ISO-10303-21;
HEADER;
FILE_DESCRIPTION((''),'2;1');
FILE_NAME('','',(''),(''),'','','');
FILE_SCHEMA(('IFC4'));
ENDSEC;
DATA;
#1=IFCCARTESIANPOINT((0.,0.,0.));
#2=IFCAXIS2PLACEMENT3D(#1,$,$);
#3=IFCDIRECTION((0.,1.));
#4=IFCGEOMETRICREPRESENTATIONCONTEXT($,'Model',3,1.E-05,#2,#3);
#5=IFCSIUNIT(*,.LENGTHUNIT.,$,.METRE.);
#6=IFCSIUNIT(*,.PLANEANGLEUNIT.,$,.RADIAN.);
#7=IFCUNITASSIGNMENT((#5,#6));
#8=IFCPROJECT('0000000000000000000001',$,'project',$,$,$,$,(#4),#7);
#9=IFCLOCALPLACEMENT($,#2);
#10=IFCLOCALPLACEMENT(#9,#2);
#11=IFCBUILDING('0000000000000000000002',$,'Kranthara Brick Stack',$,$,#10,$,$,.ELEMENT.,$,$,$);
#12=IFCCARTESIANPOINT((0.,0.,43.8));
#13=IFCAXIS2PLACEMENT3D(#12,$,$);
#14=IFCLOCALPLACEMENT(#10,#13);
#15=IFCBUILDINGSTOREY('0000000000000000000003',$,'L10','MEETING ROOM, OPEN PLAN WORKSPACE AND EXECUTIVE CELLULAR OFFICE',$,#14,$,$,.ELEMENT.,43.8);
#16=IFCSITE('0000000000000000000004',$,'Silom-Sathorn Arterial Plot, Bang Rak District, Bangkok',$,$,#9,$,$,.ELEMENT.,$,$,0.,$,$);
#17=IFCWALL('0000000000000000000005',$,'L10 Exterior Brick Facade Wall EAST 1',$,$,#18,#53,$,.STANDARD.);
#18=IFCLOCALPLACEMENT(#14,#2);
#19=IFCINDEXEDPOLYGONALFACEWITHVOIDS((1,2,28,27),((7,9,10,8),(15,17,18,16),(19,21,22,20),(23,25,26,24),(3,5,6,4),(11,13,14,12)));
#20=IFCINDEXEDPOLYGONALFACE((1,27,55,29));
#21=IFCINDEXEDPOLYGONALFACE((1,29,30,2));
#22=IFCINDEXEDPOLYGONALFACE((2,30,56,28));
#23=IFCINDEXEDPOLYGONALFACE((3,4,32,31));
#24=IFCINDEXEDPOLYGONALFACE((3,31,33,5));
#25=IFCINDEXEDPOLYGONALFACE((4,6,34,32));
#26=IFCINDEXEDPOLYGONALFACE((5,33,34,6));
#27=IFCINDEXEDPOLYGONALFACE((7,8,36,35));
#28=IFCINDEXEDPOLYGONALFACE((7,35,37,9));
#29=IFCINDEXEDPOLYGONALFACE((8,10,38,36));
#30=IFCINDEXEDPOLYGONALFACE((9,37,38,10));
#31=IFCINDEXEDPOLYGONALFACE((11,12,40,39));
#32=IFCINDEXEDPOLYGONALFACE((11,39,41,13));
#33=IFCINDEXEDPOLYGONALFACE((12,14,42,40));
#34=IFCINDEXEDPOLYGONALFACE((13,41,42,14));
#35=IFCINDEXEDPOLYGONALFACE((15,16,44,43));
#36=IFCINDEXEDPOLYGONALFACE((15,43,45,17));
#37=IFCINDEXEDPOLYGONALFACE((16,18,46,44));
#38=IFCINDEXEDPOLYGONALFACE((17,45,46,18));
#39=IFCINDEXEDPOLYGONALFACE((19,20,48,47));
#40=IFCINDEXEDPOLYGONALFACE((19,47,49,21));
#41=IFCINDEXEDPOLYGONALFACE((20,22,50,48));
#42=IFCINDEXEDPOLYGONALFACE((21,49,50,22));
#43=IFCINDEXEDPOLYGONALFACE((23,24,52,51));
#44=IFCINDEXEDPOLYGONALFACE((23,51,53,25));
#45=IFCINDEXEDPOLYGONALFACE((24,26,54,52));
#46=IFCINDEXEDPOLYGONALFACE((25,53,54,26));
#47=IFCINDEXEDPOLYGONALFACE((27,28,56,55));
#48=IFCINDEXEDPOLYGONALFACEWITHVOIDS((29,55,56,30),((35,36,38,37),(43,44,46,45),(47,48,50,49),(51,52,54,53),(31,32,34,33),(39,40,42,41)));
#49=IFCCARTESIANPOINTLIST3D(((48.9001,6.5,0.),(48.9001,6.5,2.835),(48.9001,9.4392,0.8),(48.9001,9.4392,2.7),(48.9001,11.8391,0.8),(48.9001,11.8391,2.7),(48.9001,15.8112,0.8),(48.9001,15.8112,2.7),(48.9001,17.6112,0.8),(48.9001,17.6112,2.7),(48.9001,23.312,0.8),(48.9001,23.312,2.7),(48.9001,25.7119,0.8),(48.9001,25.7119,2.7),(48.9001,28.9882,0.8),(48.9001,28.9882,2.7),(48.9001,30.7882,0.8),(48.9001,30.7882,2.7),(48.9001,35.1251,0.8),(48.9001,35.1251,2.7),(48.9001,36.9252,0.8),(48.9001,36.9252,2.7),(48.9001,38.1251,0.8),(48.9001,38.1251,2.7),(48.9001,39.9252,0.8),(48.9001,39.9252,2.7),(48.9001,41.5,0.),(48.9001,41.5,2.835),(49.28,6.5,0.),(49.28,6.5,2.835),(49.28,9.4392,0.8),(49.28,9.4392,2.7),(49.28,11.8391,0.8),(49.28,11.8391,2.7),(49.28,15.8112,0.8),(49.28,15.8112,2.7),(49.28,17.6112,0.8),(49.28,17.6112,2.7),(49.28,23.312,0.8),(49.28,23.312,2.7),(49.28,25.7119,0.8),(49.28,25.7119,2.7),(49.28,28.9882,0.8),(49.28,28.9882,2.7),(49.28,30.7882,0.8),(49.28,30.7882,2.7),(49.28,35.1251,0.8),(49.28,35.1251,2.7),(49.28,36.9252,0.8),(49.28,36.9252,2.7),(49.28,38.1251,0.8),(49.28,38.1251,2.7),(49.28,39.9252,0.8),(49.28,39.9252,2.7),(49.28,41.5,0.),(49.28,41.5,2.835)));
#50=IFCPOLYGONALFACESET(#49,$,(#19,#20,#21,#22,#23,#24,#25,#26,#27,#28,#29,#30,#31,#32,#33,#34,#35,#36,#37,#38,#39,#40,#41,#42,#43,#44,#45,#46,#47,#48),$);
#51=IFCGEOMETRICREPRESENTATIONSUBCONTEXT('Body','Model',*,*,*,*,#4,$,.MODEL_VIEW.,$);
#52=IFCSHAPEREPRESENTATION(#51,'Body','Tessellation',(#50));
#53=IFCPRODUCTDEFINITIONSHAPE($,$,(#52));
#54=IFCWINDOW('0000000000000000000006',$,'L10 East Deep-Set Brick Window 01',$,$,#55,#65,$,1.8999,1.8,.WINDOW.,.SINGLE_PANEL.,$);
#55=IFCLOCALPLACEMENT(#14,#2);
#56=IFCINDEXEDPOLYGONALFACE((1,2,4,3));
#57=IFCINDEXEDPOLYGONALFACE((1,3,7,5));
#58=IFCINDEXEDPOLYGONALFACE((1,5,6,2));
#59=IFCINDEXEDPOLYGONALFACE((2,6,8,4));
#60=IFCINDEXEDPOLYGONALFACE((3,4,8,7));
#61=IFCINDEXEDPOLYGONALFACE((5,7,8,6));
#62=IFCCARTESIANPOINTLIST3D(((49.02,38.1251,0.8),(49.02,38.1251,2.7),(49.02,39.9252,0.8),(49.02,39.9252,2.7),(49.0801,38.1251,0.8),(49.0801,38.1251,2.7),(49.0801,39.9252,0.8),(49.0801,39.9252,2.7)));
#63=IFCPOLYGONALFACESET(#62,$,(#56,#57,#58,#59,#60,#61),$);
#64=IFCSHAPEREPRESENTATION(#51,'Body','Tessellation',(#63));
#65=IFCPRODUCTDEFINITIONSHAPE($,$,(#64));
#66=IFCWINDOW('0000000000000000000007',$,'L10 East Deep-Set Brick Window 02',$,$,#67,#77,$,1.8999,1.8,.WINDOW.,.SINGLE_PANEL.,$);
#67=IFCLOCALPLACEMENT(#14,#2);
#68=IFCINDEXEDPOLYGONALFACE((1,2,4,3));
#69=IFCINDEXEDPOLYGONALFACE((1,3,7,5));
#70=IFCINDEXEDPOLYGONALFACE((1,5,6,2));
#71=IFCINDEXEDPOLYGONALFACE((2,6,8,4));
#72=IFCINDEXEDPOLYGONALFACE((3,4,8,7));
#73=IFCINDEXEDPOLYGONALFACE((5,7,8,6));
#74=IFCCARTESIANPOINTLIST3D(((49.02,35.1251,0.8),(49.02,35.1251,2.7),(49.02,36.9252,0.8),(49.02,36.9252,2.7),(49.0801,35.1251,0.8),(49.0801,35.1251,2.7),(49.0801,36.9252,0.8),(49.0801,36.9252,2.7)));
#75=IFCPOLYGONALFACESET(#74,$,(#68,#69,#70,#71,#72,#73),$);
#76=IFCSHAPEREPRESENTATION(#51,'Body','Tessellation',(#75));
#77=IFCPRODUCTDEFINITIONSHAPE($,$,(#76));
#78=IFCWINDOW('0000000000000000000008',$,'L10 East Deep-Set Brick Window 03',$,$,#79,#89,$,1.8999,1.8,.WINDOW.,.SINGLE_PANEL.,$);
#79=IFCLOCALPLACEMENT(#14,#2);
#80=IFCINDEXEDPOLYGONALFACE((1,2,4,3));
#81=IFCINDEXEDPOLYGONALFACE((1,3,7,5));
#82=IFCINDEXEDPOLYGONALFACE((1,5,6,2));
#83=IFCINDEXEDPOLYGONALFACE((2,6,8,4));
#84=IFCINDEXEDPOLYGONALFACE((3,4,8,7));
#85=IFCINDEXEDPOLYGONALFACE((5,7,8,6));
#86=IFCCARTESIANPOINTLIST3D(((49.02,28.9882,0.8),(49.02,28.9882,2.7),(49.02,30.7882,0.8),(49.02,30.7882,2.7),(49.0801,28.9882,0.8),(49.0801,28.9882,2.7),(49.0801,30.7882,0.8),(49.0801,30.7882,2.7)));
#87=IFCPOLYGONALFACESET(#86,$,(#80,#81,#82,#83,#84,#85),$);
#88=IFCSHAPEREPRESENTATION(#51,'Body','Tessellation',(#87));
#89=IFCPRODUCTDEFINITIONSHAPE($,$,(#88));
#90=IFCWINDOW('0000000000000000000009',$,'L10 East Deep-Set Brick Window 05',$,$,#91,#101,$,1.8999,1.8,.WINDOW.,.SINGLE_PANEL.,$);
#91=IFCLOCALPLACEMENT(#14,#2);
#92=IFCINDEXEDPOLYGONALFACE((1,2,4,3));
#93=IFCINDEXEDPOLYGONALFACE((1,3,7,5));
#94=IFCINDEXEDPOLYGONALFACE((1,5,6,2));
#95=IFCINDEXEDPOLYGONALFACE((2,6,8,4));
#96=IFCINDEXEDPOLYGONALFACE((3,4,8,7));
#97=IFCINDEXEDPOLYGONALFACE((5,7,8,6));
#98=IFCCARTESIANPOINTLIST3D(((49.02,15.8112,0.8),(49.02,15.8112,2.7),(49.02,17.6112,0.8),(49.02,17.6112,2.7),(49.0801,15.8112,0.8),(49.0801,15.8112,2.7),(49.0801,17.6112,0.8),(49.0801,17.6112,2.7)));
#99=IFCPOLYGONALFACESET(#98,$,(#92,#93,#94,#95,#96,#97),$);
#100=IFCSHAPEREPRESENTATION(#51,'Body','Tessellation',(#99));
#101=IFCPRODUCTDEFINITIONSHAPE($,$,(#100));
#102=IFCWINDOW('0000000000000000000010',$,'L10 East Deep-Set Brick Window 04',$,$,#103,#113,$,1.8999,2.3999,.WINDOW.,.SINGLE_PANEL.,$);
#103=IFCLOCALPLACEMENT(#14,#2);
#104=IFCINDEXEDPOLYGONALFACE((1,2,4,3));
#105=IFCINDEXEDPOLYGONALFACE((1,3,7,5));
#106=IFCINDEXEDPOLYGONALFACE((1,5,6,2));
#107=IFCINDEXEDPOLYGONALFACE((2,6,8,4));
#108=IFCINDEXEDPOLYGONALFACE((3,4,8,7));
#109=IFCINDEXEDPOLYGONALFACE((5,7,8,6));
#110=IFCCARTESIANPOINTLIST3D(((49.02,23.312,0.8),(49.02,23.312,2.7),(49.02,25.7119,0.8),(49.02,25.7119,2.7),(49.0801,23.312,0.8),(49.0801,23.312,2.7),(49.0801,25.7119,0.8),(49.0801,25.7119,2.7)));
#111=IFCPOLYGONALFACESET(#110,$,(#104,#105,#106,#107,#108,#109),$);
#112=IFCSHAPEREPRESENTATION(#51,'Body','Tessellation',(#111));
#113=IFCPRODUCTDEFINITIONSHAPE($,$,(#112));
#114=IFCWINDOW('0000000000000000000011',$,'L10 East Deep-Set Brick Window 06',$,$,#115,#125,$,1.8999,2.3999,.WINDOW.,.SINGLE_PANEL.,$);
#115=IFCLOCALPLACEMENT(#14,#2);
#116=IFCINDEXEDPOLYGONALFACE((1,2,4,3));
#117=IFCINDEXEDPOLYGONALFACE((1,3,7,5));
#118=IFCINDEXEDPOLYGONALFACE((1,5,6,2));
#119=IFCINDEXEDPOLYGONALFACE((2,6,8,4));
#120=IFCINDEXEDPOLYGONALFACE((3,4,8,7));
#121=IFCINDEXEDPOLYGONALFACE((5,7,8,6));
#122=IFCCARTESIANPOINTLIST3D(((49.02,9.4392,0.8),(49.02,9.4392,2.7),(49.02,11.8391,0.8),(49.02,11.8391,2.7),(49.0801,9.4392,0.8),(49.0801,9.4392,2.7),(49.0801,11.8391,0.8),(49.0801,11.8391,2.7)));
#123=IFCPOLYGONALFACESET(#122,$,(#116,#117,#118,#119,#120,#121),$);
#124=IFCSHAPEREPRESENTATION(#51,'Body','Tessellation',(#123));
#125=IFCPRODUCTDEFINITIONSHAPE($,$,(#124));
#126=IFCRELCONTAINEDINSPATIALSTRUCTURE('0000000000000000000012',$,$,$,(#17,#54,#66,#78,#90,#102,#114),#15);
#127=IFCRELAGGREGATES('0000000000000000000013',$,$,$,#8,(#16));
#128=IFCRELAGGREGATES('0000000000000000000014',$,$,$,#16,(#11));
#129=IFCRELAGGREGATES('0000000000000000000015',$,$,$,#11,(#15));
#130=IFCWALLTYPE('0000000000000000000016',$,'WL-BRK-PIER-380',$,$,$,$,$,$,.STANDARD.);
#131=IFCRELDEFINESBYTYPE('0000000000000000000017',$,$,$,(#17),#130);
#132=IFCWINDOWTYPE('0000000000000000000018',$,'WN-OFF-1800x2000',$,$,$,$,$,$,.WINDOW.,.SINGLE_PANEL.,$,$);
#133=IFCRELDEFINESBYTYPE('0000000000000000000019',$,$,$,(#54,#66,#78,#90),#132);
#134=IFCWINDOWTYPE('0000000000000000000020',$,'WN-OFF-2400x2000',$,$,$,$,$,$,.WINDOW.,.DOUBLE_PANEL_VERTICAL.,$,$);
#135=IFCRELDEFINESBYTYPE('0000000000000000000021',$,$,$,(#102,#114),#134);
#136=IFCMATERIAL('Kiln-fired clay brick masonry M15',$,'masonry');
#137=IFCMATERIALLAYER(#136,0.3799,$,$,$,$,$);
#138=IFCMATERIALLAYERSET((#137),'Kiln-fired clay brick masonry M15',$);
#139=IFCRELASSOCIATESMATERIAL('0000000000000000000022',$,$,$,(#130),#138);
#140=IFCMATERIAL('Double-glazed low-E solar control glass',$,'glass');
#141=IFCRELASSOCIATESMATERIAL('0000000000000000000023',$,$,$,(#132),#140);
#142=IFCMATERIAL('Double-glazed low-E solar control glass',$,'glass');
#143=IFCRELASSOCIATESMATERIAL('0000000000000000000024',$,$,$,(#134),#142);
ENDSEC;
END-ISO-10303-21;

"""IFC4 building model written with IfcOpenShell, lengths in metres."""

from ifc_helpers import new_model, si_unit, direction, frame, frame_2d, origin, place, context, subcontext, project, spatial, rectangle, extrude, material, layer, layer_set, type_object, element, fill, save


model = new_model("IFC4")

# Units and contexts
model_context = context("Model", 3, precision=1e-05, world=origin(), true_north=direction((0.0, 1.0)))
body_context = subcontext(model_context, "Body", "Model", "MODEL_VIEW")
ifc_project = project(units=[si_unit("LENGTHUNIT", "METRE"), si_unit("PLANEANGLEUNIT", "RADIAN")], contexts=[model_context])

# Site, building, storey
site_placement = place(None, origin())
site = spatial("IfcSite", under=ifc_project, at=site_placement, Name="Silom-Sathorn Arterial Plot, Bang Rak District, Bangkok", CompositionType="ELEMENT", RefElevation=0.0)
building_placement = place(site_placement, origin())
building = spatial("IfcBuilding", under=site, at=building_placement, Name="Kranthara Brick Stack", CompositionType="ELEMENT")
storey_placement = place(building_placement, frame((0.0, 0.0, 43.8)))
storey = spatial("IfcBuildingStorey", under=building, at=storey_placement, Name="L10", Description="MEETING ROOM, OPEN PLAN WORKSPACE AND EXECUTIVE CELLULAR OFFICE", CompositionType="ELEMENT", Elevation=43.8)

# Shared definitions
ifc_material_1 = material(Name="Kiln-fired clay brick masonry M15", Category="masonry")
ifc_layer_1 = layer(ifc_material_1, 0.3799)
ifc_layer_set_1 = layer_set([ifc_layer_1], Name="Kiln-fired clay brick masonry M15")
wall_type = type_object("IfcWallType", Name="WL-BRK-PIER-380", PredefinedType="STANDARD", material=ifc_layer_set_1)

# Wall, openings, windows
wall_1_placement = place(storey_placement, frame((49.0901, 41.5, 0.0), z_axis=(0.0, 0.0, 1.0), x_axis=(0.0, -1.0, 0.0)))
wall_1 = element("IfcWall", 1, at=wall_1_placement, inside=storey, type_object=wall_type, Name="L10 Exterior Brick Facade Wall EAST 1", PredefinedType="STANDARD", context=body_context, shape_type="SweptSolid", body=[
    extrude(rectangle(XDim=35.0, YDim=0.3799, at=frame_2d((17.5, 0.0))), origin(), (0.0, 0.0, 1.0), 2.835),
])
opening_1_placement = place(wall_1_placement, frame((1.575, 0.0, 0.8)))
opening_1 = element("IfcOpeningElement", 2, at=opening_1_placement, cuts=wall_1, PredefinedType="OPENING", context=body_context, shape_type="SweptSolid", body=[
    extrude(rectangle(XDim=1.8, YDim=1.8999, at=frame_2d((0.8999, 0.95))), frame((0.0, 0.2, 0.0), z_axis=(0.0, -1.0, 0.0), x_axis=(1.0, 0.0, 0.0)), (0.0, 0.0, 1.0), 0.3999),
])
opening_2_placement = place(wall_1_placement, frame((4.575, 0.0, 0.8)))
opening_2 = element("IfcOpeningElement", 3, at=opening_2_placement, cuts=wall_1, PredefinedType="OPENING", context=body_context, shape_type="SweptSolid", body=[
    extrude(rectangle(XDim=1.8, YDim=1.8999, at=frame_2d((0.8999, 0.95))), frame((0.0, 0.2, 0.0), z_axis=(0.0, -1.0, 0.0), x_axis=(1.0, 0.0, 0.0)), (0.0, 0.0, 1.0), 0.3999),
])
opening_3_placement = place(wall_1_placement, frame((10.7119, 0.0, 0.8)))
opening_3 = element("IfcOpeningElement", 4, at=opening_3_placement, cuts=wall_1, PredefinedType="OPENING", context=body_context, shape_type="SweptSolid", body=[
    extrude(rectangle(XDim=1.8, YDim=1.8999, at=frame_2d((0.8999, 0.95))), frame((0.0, 0.2, 0.0), z_axis=(0.0, -1.0, 0.0), x_axis=(1.0, 0.0, 0.0)), (0.0, 0.0, 1.0), 0.3999),
])
opening_4_placement = place(wall_1_placement, frame((15.7881, 0.0, 0.8)))
opening_4 = element("IfcOpeningElement", 5, at=opening_4_placement, cuts=wall_1, PredefinedType="OPENING", context=body_context, shape_type="SweptSolid", body=[
    extrude(rectangle(XDim=2.3999, YDim=1.8999, at=frame_2d((1.2, 0.95))), frame((0.0, 0.2, 0.0), z_axis=(0.0, -1.0, 0.0), x_axis=(1.0, 0.0, 0.0)), (0.0, 0.0, 1.0), 0.3999),
])
opening_5_placement = place(wall_1_placement, frame((23.8889, 0.0, 0.8)))
opening_5 = element("IfcOpeningElement", 6, at=opening_5_placement, cuts=wall_1, PredefinedType="OPENING", context=body_context, shape_type="SweptSolid", body=[
    extrude(rectangle(XDim=1.8, YDim=1.8999, at=frame_2d((0.8999, 0.95))), frame((0.0, 0.2, 0.0), z_axis=(0.0, -1.0, 0.0), x_axis=(1.0, 0.0, 0.0)), (0.0, 0.0, 1.0), 0.3999),
])
opening_6_placement = place(wall_1_placement, frame((29.6609, 0.0, 0.8)))
opening_6 = element("IfcOpeningElement", 7, at=opening_6_placement, cuts=wall_1, PredefinedType="OPENING", context=body_context, shape_type="SweptSolid", body=[
    extrude(rectangle(XDim=2.3999, YDim=1.8999, at=frame_2d((1.2, 0.95))), frame((0.0, 0.2, 0.0), z_axis=(0.0, -1.0, 0.0), x_axis=(1.0, 0.0, 0.0)), (0.0, 0.0, 1.0), 0.3999),
])
ifc_material_2 = material(Name="Double-glazed low-E solar control glass", Category="glass")
window_type_1 = type_object("IfcWindowType", Name="WN-OFF-1800x2000", PartitioningType="SINGLE_PANEL", PredefinedType="WINDOW", material=ifc_material_2)
window_1_placement = place(opening_1_placement, origin())
window_1 = element("IfcWindow", 8, at=window_1_placement, inside=storey, type_object=window_type_1, Name="L10 East Deep-Set Brick Window 01", OverallHeight=1.8999, OverallWidth=1.8, PartitioningType="SINGLE_PANEL", PredefinedType="WINDOW", context=body_context, shape_type="SweptSolid", body=[
    extrude(rectangle(XDim=1.8, YDim=1.8999, at=frame_2d((0.8999, 0.95))), frame((0.0, -0.01, 0.0), z_axis=(0.0, -1.0, 0.0), x_axis=(1.0, 0.0, 0.0)), (0.0, 0.0, 1.0), 0.0601),
])
fill(opening_1, window_1)
window_2_placement = place(opening_2_placement, origin())
window_2 = element("IfcWindow", 9, at=window_2_placement, inside=storey, type_object=window_type_1, Name="L10 East Deep-Set Brick Window 02", OverallHeight=1.8999, OverallWidth=1.8, PartitioningType="SINGLE_PANEL", PredefinedType="WINDOW", context=body_context, shape_type="SweptSolid", body=[
    extrude(rectangle(XDim=1.8, YDim=1.8999, at=frame_2d((0.8999, 0.95))), frame((0.0, -0.01, 0.0), z_axis=(0.0, -1.0, 0.0), x_axis=(1.0, 0.0, 0.0)), (0.0, 0.0, 1.0), 0.0601),
])
fill(opening_2, window_2)
window_3_placement = place(opening_3_placement, origin())
window_3 = element("IfcWindow", 10, at=window_3_placement, inside=storey, type_object=window_type_1, Name="L10 East Deep-Set Brick Window 03", OverallHeight=1.8999, OverallWidth=1.8, PartitioningType="SINGLE_PANEL", PredefinedType="WINDOW", context=body_context, shape_type="SweptSolid", body=[
    extrude(rectangle(XDim=1.8, YDim=1.8999, at=frame_2d((0.8999, 0.95))), frame((0.0, -0.01, 0.0), z_axis=(0.0, -1.0, 0.0), x_axis=(1.0, 0.0, 0.0)), (0.0, 0.0, 1.0), 0.0601),
])
fill(opening_3, window_3)
window_4_placement = place(opening_5_placement, origin())
window_4 = element("IfcWindow", 11, at=window_4_placement, inside=storey, type_object=window_type_1, Name="L10 East Deep-Set Brick Window 05", OverallHeight=1.8999, OverallWidth=1.8, PartitioningType="SINGLE_PANEL", PredefinedType="WINDOW", context=body_context, shape_type="SweptSolid", body=[
    extrude(rectangle(XDim=1.8, YDim=1.8999, at=frame_2d((0.8999, 0.95))), frame((0.0, -0.01, 0.0), z_axis=(0.0, -1.0, 0.0), x_axis=(1.0, 0.0, 0.0)), (0.0, 0.0, 1.0), 0.0601),
])
fill(opening_5, window_4)
ifc_material_3 = material(Name="Double-glazed low-E solar control glass", Category="glass")
window_type_2 = type_object("IfcWindowType", Name="WN-OFF-2400x2000", PartitioningType="DOUBLE_PANEL_VERTICAL", PredefinedType="WINDOW", material=ifc_material_3)
window_5_placement = place(opening_4_placement, origin())
window_5 = element("IfcWindow", 12, at=window_5_placement, inside=storey, type_object=window_type_2, Name="L10 East Deep-Set Brick Window 04", OverallHeight=1.8999, OverallWidth=2.3999, PartitioningType="SINGLE_PANEL", PredefinedType="WINDOW", context=body_context, shape_type="SweptSolid", body=[
    extrude(rectangle(XDim=2.3999, YDim=1.8999, at=frame_2d((1.2, 0.95))), frame((0.0, -0.01, 0.0), z_axis=(0.0, -1.0, 0.0), x_axis=(1.0, 0.0, 0.0)), (0.0, 0.0, 1.0), 0.0601),
])
fill(opening_4, window_5)
window_6_placement = place(opening_6_placement, origin())
window_6 = element("IfcWindow", 13, at=window_6_placement, inside=storey, type_object=window_type_2, Name="L10 East Deep-Set Brick Window 06", OverallHeight=1.8999, OverallWidth=2.3999, PartitioningType="SINGLE_PANEL", PredefinedType="WINDOW", context=body_context, shape_type="SweptSolid", body=[
    extrude(rectangle(XDim=2.3999, YDim=1.8999, at=frame_2d((1.2, 0.95))), frame((0.0, -0.01, 0.0), z_axis=(0.0, -1.0, 0.0), x_axis=(1.0, 0.0, 0.0)), (0.0, 0.0, 1.0), 0.0601),
])
fill(opening_6, window_6)

save(model, "model.ifc")
